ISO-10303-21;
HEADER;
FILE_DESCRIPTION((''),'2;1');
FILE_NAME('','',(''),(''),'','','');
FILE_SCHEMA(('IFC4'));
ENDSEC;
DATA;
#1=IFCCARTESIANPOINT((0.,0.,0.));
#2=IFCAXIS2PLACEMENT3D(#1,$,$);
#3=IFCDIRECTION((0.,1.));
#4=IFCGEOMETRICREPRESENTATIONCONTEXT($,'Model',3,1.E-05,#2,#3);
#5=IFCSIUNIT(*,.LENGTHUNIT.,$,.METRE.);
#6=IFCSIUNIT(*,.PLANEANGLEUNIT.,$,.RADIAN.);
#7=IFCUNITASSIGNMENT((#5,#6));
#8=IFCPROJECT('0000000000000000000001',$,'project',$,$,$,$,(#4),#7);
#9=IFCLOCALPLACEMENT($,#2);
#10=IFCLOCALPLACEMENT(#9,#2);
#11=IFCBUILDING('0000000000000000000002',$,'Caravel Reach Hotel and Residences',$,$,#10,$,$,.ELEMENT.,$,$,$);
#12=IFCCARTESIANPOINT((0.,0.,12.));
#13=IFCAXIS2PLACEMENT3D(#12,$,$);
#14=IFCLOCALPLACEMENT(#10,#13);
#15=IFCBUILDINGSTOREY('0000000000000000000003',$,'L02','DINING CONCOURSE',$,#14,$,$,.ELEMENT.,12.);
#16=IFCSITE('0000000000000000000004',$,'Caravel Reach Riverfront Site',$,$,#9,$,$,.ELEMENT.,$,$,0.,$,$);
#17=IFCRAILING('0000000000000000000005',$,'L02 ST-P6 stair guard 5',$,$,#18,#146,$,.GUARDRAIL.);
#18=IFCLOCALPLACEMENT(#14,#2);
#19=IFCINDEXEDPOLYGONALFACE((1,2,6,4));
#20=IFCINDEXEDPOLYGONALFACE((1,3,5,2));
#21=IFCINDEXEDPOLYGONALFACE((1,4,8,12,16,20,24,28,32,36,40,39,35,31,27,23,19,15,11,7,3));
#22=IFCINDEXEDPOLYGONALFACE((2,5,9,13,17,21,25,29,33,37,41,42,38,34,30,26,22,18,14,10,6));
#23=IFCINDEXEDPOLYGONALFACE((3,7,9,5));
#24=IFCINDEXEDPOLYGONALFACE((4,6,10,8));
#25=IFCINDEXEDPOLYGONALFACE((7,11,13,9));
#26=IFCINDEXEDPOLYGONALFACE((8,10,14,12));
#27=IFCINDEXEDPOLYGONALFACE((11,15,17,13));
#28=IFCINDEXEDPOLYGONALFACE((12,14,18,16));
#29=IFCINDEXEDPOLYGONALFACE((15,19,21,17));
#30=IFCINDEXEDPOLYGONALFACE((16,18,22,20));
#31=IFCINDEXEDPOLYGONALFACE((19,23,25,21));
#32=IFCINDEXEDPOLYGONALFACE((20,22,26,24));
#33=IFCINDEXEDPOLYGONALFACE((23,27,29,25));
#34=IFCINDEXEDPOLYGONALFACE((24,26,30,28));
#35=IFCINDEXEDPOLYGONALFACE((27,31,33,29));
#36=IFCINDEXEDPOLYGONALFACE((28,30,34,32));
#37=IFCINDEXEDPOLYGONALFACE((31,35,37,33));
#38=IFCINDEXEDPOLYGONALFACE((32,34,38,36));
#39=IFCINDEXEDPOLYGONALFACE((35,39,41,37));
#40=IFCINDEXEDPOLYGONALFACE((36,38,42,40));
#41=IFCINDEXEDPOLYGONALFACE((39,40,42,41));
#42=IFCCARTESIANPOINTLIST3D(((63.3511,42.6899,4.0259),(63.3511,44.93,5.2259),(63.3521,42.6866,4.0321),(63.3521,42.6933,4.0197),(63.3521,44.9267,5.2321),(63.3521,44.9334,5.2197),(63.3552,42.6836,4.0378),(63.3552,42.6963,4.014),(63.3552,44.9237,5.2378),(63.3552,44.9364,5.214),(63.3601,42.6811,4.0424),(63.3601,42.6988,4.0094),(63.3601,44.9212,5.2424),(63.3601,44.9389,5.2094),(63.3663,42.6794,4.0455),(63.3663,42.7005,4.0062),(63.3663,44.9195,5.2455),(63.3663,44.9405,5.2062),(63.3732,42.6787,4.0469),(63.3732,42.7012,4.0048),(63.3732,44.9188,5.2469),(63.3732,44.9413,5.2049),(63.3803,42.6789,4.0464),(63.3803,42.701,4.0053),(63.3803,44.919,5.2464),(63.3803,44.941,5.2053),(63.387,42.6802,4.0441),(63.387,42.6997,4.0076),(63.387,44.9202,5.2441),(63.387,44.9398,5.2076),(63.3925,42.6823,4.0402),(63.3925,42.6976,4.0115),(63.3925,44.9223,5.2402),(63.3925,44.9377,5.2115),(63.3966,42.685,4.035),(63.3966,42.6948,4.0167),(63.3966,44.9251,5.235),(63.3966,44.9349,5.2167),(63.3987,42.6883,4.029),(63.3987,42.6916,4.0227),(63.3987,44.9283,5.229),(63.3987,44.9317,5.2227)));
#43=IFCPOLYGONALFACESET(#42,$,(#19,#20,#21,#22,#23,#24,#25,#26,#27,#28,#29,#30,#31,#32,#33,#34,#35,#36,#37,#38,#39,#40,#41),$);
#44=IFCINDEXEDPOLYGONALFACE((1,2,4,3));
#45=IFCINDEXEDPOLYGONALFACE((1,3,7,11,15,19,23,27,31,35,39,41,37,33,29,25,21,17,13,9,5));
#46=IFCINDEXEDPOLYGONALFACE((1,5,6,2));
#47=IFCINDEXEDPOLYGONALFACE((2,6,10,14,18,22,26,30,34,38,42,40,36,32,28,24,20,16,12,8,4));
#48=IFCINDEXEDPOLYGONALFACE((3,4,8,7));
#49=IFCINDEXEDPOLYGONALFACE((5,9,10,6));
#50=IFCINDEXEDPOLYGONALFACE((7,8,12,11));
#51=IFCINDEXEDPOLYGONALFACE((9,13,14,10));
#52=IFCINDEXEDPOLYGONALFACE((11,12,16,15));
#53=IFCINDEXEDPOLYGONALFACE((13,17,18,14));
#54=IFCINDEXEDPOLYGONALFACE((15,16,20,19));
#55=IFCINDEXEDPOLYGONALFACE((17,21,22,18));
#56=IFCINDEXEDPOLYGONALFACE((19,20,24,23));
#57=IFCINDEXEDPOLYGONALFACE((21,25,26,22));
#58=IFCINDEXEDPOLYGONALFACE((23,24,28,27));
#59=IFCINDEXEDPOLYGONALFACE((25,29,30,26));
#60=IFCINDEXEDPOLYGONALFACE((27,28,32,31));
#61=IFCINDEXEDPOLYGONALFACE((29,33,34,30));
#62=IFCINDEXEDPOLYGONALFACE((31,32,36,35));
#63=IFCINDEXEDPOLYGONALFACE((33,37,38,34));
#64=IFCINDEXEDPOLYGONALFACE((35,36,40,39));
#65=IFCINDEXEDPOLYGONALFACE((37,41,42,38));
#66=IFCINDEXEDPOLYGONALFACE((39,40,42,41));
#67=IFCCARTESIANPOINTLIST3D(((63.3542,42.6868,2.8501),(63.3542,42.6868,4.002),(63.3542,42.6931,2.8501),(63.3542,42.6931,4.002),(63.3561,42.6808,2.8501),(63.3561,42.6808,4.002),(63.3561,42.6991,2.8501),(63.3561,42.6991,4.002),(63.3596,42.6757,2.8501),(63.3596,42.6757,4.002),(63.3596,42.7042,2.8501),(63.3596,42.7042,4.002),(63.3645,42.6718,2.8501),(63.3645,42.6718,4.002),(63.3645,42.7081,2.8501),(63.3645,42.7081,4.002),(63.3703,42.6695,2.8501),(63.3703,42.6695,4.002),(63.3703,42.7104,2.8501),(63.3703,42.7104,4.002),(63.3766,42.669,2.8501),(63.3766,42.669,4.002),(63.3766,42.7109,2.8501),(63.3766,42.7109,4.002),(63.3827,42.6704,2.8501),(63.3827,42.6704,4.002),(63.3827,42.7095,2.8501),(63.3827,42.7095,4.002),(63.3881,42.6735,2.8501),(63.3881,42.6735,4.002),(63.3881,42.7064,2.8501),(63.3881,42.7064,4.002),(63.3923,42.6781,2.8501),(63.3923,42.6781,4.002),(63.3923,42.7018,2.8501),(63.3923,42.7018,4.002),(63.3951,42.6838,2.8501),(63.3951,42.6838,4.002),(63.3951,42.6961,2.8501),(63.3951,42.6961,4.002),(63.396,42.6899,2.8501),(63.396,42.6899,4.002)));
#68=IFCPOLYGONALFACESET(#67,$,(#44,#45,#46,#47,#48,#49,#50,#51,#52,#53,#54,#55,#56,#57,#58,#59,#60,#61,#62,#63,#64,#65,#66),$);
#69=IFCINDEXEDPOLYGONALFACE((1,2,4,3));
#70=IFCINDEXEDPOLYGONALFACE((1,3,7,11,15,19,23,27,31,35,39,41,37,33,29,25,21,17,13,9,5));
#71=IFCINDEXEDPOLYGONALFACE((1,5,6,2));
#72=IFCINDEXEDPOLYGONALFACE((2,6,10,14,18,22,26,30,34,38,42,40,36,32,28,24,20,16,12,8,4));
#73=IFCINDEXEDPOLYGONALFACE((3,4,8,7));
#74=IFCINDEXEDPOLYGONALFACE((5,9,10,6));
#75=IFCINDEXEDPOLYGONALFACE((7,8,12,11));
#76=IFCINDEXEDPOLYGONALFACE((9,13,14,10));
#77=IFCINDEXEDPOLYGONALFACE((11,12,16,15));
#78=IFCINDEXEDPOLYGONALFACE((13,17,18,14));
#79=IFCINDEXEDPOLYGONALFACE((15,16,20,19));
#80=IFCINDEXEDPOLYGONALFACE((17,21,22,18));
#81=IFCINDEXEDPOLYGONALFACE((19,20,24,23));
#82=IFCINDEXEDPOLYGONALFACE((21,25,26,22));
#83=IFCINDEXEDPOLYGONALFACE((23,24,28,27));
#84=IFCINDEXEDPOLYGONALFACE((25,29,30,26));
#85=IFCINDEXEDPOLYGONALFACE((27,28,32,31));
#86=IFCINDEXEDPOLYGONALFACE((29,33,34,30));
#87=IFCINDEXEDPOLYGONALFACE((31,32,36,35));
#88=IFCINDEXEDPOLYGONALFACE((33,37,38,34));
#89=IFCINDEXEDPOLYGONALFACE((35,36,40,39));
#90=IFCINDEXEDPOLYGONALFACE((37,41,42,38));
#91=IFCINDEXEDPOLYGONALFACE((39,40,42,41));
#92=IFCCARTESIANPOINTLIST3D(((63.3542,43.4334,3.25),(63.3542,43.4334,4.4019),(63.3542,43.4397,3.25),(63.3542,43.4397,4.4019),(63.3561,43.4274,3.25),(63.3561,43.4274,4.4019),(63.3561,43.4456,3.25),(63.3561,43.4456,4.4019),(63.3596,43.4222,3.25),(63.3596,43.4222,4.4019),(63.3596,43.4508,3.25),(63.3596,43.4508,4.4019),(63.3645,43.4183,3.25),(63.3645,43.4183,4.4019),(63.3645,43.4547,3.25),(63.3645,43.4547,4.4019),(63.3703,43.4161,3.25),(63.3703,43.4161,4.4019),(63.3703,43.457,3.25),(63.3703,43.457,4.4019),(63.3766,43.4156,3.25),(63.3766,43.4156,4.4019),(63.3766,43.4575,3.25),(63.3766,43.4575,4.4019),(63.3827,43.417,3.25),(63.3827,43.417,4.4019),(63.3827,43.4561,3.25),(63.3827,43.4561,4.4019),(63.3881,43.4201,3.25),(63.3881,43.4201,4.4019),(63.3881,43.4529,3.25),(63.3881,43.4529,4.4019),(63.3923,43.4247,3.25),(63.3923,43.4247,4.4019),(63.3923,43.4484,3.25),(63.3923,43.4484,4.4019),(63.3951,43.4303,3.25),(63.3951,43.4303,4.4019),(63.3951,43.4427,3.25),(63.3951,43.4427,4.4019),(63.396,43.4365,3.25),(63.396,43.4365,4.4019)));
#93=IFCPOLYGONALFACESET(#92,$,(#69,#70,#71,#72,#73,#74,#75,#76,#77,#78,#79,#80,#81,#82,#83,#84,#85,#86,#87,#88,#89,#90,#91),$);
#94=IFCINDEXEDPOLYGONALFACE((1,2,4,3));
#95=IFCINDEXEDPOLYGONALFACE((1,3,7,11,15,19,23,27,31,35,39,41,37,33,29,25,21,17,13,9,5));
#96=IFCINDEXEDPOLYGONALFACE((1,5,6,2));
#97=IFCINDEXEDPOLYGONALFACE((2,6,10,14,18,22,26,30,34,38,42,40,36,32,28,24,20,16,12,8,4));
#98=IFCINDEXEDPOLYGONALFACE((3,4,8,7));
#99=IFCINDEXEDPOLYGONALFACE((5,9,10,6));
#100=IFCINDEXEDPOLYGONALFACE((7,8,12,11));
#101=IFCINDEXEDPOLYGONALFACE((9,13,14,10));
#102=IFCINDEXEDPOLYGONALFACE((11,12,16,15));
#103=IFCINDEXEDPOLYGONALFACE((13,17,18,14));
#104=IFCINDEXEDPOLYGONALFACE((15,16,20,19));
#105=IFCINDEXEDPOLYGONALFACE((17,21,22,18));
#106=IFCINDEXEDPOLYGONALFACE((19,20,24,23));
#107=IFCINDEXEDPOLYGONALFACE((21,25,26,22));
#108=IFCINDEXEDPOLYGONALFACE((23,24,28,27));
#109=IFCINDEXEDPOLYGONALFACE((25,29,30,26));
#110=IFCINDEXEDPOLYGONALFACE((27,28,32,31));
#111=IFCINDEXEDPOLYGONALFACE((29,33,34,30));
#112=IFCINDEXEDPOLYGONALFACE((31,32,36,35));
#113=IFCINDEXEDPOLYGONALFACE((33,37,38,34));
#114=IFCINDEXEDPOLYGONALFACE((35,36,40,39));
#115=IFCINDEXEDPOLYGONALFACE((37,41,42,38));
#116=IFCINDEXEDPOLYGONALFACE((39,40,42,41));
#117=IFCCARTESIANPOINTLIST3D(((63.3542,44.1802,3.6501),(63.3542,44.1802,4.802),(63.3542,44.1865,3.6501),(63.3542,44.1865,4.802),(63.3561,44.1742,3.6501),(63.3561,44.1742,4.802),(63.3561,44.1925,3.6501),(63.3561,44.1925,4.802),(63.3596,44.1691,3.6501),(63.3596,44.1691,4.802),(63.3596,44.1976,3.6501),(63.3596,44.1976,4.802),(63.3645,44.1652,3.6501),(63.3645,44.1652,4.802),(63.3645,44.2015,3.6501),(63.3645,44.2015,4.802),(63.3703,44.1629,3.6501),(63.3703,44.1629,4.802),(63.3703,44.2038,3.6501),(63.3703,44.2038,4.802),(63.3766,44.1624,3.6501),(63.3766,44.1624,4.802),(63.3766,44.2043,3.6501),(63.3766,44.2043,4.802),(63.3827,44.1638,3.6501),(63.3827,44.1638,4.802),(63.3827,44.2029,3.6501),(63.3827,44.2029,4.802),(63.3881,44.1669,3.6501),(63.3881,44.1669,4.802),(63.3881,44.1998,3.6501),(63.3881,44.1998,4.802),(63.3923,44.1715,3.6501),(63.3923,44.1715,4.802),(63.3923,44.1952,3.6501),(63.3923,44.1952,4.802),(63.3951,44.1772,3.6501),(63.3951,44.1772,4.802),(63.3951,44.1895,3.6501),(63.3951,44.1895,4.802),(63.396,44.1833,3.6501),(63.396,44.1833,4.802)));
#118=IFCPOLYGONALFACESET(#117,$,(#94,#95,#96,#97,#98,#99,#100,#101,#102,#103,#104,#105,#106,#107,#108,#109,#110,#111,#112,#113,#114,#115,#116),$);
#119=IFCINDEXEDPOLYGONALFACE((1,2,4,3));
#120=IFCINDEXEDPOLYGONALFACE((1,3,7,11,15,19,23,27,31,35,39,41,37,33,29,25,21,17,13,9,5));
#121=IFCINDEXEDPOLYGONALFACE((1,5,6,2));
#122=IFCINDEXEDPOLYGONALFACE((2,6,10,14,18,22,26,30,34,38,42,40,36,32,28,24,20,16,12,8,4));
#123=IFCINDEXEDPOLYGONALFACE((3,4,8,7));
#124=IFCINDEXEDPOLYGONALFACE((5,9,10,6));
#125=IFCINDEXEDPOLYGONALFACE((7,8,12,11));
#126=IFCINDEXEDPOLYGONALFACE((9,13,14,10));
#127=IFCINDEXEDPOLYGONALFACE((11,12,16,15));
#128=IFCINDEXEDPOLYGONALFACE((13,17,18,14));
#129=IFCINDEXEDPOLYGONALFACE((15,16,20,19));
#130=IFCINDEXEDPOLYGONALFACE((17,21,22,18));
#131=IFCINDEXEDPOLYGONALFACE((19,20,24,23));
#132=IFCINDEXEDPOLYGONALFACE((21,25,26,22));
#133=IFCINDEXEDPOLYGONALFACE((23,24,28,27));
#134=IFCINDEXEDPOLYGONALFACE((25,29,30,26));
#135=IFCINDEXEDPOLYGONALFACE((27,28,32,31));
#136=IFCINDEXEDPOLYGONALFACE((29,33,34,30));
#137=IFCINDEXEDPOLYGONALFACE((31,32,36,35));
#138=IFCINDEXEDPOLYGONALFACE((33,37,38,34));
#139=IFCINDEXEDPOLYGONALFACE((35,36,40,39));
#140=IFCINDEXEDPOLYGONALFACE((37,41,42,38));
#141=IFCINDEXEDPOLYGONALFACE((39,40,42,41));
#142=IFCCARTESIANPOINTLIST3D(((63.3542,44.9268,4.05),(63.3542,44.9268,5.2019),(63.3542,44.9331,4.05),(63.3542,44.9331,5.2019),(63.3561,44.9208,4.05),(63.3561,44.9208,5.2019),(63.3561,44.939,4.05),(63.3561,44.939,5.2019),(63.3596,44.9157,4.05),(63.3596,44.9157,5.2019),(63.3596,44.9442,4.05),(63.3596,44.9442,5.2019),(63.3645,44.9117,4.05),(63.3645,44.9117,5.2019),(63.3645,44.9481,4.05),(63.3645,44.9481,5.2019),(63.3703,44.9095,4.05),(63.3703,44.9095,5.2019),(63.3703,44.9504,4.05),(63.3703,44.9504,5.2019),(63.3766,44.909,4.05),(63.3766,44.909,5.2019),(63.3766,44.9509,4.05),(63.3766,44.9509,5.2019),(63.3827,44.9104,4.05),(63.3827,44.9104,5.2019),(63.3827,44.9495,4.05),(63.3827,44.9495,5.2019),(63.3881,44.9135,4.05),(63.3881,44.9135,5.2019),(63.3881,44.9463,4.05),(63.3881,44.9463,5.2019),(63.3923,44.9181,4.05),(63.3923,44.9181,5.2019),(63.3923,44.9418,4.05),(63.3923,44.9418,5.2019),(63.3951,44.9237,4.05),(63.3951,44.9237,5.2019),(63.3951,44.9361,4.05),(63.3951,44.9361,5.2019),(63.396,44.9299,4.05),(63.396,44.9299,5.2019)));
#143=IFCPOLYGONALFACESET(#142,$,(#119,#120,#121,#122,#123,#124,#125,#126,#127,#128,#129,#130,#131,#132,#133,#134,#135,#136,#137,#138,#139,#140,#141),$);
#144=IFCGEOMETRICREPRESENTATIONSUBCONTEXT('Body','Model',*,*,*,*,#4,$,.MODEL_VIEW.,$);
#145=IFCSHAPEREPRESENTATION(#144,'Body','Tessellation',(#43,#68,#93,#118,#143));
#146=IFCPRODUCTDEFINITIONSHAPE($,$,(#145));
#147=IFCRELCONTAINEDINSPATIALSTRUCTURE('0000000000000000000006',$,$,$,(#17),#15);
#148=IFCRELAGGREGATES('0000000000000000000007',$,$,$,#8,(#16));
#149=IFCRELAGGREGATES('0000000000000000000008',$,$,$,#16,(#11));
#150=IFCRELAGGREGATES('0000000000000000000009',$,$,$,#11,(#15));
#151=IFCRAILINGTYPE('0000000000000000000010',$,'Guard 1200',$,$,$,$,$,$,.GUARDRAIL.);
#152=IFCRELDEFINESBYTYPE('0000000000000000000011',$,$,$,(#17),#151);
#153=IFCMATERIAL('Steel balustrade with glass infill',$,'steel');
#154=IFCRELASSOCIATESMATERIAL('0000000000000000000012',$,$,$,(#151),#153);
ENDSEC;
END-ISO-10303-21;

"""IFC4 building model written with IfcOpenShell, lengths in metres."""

from ifc_helpers import new_model, si_unit, direction, frame, origin, origin_2d, place, context, subcontext, project, spatial, circle, extrude, material, type_object, element, save


model = new_model("IFC4")

# Units and contexts
model_context = context("Model", 3, precision=1e-05, world=origin(), true_north=direction((0.0, 1.0)))
body_context = subcontext(model_context, "Body", "Model", "MODEL_VIEW")
ifc_project = project(units=[si_unit("LENGTHUNIT", "METRE"), si_unit("PLANEANGLEUNIT", "RADIAN")], contexts=[model_context])

# Site, building, storey
site_placement = place(None, origin())
site = spatial("IfcSite", under=ifc_project, at=site_placement, Name="Caravel Reach Riverfront Site", CompositionType="ELEMENT", RefElevation=0.0)
building_placement = place(site_placement, origin())
building = spatial("IfcBuilding", under=site, at=building_placement, Name="Caravel Reach Hotel and Residences", CompositionType="ELEMENT")
storey_placement = place(building_placement, frame((0.0, 0.0, 12.0)))
storey = spatial("IfcBuildingStorey", under=building, at=storey_placement, Name="L02", Description="DINING CONCOURSE", CompositionType="ELEMENT", Elevation=12.0)

# Railing
ifc_material_1 = material(Name="Steel balustrade with glass infill", Category="steel")
railing_type_1 = type_object("IfcRailingType", Name="Guard 1200", PredefinedType="GUARDRAIL", material=ifc_material_1)
railing_1_placement = place(storey_placement, frame((63.375, 42.6899, 2.8501)))
element("IfcRailing", 1, at=railing_1_placement, inside=storey, type_object=railing_type_1, Name="L02 ST-P6 stair guard 5", PredefinedType="GUARDRAIL", context=body_context, shape_type="SweptSolid", body=[
    extrude(circle(Radius=0.0239, at=origin_2d()), frame((0.0, 0.0, 1.1758), z_axis=(0.0, 0.881487, 0.472208), x_axis=(-1.0, 0.0, 0.0)), (0.0, 0.0, 1.0), 2.5413),
    extrude(circle(Radius=0.021, at=origin_2d()), origin(), (0.0, 0.0, 1.0), 1.1519),
    extrude(circle(Radius=0.021, at=origin_2d()), frame((0.0, 0.7466, 0.3999)), (0.0, 0.0, 1.0), 1.1519),
    extrude(circle(Radius=0.021, at=origin_2d()), frame((0.0, 1.4934, 0.8)), (0.0, 0.0, 1.0), 1.1519),
    extrude(circle(Radius=0.021, at=origin_2d()), frame((0.0, 2.24, 1.2)), (0.0, 0.0, 1.0), 1.1519),
])

save(model, "model.ifc")
